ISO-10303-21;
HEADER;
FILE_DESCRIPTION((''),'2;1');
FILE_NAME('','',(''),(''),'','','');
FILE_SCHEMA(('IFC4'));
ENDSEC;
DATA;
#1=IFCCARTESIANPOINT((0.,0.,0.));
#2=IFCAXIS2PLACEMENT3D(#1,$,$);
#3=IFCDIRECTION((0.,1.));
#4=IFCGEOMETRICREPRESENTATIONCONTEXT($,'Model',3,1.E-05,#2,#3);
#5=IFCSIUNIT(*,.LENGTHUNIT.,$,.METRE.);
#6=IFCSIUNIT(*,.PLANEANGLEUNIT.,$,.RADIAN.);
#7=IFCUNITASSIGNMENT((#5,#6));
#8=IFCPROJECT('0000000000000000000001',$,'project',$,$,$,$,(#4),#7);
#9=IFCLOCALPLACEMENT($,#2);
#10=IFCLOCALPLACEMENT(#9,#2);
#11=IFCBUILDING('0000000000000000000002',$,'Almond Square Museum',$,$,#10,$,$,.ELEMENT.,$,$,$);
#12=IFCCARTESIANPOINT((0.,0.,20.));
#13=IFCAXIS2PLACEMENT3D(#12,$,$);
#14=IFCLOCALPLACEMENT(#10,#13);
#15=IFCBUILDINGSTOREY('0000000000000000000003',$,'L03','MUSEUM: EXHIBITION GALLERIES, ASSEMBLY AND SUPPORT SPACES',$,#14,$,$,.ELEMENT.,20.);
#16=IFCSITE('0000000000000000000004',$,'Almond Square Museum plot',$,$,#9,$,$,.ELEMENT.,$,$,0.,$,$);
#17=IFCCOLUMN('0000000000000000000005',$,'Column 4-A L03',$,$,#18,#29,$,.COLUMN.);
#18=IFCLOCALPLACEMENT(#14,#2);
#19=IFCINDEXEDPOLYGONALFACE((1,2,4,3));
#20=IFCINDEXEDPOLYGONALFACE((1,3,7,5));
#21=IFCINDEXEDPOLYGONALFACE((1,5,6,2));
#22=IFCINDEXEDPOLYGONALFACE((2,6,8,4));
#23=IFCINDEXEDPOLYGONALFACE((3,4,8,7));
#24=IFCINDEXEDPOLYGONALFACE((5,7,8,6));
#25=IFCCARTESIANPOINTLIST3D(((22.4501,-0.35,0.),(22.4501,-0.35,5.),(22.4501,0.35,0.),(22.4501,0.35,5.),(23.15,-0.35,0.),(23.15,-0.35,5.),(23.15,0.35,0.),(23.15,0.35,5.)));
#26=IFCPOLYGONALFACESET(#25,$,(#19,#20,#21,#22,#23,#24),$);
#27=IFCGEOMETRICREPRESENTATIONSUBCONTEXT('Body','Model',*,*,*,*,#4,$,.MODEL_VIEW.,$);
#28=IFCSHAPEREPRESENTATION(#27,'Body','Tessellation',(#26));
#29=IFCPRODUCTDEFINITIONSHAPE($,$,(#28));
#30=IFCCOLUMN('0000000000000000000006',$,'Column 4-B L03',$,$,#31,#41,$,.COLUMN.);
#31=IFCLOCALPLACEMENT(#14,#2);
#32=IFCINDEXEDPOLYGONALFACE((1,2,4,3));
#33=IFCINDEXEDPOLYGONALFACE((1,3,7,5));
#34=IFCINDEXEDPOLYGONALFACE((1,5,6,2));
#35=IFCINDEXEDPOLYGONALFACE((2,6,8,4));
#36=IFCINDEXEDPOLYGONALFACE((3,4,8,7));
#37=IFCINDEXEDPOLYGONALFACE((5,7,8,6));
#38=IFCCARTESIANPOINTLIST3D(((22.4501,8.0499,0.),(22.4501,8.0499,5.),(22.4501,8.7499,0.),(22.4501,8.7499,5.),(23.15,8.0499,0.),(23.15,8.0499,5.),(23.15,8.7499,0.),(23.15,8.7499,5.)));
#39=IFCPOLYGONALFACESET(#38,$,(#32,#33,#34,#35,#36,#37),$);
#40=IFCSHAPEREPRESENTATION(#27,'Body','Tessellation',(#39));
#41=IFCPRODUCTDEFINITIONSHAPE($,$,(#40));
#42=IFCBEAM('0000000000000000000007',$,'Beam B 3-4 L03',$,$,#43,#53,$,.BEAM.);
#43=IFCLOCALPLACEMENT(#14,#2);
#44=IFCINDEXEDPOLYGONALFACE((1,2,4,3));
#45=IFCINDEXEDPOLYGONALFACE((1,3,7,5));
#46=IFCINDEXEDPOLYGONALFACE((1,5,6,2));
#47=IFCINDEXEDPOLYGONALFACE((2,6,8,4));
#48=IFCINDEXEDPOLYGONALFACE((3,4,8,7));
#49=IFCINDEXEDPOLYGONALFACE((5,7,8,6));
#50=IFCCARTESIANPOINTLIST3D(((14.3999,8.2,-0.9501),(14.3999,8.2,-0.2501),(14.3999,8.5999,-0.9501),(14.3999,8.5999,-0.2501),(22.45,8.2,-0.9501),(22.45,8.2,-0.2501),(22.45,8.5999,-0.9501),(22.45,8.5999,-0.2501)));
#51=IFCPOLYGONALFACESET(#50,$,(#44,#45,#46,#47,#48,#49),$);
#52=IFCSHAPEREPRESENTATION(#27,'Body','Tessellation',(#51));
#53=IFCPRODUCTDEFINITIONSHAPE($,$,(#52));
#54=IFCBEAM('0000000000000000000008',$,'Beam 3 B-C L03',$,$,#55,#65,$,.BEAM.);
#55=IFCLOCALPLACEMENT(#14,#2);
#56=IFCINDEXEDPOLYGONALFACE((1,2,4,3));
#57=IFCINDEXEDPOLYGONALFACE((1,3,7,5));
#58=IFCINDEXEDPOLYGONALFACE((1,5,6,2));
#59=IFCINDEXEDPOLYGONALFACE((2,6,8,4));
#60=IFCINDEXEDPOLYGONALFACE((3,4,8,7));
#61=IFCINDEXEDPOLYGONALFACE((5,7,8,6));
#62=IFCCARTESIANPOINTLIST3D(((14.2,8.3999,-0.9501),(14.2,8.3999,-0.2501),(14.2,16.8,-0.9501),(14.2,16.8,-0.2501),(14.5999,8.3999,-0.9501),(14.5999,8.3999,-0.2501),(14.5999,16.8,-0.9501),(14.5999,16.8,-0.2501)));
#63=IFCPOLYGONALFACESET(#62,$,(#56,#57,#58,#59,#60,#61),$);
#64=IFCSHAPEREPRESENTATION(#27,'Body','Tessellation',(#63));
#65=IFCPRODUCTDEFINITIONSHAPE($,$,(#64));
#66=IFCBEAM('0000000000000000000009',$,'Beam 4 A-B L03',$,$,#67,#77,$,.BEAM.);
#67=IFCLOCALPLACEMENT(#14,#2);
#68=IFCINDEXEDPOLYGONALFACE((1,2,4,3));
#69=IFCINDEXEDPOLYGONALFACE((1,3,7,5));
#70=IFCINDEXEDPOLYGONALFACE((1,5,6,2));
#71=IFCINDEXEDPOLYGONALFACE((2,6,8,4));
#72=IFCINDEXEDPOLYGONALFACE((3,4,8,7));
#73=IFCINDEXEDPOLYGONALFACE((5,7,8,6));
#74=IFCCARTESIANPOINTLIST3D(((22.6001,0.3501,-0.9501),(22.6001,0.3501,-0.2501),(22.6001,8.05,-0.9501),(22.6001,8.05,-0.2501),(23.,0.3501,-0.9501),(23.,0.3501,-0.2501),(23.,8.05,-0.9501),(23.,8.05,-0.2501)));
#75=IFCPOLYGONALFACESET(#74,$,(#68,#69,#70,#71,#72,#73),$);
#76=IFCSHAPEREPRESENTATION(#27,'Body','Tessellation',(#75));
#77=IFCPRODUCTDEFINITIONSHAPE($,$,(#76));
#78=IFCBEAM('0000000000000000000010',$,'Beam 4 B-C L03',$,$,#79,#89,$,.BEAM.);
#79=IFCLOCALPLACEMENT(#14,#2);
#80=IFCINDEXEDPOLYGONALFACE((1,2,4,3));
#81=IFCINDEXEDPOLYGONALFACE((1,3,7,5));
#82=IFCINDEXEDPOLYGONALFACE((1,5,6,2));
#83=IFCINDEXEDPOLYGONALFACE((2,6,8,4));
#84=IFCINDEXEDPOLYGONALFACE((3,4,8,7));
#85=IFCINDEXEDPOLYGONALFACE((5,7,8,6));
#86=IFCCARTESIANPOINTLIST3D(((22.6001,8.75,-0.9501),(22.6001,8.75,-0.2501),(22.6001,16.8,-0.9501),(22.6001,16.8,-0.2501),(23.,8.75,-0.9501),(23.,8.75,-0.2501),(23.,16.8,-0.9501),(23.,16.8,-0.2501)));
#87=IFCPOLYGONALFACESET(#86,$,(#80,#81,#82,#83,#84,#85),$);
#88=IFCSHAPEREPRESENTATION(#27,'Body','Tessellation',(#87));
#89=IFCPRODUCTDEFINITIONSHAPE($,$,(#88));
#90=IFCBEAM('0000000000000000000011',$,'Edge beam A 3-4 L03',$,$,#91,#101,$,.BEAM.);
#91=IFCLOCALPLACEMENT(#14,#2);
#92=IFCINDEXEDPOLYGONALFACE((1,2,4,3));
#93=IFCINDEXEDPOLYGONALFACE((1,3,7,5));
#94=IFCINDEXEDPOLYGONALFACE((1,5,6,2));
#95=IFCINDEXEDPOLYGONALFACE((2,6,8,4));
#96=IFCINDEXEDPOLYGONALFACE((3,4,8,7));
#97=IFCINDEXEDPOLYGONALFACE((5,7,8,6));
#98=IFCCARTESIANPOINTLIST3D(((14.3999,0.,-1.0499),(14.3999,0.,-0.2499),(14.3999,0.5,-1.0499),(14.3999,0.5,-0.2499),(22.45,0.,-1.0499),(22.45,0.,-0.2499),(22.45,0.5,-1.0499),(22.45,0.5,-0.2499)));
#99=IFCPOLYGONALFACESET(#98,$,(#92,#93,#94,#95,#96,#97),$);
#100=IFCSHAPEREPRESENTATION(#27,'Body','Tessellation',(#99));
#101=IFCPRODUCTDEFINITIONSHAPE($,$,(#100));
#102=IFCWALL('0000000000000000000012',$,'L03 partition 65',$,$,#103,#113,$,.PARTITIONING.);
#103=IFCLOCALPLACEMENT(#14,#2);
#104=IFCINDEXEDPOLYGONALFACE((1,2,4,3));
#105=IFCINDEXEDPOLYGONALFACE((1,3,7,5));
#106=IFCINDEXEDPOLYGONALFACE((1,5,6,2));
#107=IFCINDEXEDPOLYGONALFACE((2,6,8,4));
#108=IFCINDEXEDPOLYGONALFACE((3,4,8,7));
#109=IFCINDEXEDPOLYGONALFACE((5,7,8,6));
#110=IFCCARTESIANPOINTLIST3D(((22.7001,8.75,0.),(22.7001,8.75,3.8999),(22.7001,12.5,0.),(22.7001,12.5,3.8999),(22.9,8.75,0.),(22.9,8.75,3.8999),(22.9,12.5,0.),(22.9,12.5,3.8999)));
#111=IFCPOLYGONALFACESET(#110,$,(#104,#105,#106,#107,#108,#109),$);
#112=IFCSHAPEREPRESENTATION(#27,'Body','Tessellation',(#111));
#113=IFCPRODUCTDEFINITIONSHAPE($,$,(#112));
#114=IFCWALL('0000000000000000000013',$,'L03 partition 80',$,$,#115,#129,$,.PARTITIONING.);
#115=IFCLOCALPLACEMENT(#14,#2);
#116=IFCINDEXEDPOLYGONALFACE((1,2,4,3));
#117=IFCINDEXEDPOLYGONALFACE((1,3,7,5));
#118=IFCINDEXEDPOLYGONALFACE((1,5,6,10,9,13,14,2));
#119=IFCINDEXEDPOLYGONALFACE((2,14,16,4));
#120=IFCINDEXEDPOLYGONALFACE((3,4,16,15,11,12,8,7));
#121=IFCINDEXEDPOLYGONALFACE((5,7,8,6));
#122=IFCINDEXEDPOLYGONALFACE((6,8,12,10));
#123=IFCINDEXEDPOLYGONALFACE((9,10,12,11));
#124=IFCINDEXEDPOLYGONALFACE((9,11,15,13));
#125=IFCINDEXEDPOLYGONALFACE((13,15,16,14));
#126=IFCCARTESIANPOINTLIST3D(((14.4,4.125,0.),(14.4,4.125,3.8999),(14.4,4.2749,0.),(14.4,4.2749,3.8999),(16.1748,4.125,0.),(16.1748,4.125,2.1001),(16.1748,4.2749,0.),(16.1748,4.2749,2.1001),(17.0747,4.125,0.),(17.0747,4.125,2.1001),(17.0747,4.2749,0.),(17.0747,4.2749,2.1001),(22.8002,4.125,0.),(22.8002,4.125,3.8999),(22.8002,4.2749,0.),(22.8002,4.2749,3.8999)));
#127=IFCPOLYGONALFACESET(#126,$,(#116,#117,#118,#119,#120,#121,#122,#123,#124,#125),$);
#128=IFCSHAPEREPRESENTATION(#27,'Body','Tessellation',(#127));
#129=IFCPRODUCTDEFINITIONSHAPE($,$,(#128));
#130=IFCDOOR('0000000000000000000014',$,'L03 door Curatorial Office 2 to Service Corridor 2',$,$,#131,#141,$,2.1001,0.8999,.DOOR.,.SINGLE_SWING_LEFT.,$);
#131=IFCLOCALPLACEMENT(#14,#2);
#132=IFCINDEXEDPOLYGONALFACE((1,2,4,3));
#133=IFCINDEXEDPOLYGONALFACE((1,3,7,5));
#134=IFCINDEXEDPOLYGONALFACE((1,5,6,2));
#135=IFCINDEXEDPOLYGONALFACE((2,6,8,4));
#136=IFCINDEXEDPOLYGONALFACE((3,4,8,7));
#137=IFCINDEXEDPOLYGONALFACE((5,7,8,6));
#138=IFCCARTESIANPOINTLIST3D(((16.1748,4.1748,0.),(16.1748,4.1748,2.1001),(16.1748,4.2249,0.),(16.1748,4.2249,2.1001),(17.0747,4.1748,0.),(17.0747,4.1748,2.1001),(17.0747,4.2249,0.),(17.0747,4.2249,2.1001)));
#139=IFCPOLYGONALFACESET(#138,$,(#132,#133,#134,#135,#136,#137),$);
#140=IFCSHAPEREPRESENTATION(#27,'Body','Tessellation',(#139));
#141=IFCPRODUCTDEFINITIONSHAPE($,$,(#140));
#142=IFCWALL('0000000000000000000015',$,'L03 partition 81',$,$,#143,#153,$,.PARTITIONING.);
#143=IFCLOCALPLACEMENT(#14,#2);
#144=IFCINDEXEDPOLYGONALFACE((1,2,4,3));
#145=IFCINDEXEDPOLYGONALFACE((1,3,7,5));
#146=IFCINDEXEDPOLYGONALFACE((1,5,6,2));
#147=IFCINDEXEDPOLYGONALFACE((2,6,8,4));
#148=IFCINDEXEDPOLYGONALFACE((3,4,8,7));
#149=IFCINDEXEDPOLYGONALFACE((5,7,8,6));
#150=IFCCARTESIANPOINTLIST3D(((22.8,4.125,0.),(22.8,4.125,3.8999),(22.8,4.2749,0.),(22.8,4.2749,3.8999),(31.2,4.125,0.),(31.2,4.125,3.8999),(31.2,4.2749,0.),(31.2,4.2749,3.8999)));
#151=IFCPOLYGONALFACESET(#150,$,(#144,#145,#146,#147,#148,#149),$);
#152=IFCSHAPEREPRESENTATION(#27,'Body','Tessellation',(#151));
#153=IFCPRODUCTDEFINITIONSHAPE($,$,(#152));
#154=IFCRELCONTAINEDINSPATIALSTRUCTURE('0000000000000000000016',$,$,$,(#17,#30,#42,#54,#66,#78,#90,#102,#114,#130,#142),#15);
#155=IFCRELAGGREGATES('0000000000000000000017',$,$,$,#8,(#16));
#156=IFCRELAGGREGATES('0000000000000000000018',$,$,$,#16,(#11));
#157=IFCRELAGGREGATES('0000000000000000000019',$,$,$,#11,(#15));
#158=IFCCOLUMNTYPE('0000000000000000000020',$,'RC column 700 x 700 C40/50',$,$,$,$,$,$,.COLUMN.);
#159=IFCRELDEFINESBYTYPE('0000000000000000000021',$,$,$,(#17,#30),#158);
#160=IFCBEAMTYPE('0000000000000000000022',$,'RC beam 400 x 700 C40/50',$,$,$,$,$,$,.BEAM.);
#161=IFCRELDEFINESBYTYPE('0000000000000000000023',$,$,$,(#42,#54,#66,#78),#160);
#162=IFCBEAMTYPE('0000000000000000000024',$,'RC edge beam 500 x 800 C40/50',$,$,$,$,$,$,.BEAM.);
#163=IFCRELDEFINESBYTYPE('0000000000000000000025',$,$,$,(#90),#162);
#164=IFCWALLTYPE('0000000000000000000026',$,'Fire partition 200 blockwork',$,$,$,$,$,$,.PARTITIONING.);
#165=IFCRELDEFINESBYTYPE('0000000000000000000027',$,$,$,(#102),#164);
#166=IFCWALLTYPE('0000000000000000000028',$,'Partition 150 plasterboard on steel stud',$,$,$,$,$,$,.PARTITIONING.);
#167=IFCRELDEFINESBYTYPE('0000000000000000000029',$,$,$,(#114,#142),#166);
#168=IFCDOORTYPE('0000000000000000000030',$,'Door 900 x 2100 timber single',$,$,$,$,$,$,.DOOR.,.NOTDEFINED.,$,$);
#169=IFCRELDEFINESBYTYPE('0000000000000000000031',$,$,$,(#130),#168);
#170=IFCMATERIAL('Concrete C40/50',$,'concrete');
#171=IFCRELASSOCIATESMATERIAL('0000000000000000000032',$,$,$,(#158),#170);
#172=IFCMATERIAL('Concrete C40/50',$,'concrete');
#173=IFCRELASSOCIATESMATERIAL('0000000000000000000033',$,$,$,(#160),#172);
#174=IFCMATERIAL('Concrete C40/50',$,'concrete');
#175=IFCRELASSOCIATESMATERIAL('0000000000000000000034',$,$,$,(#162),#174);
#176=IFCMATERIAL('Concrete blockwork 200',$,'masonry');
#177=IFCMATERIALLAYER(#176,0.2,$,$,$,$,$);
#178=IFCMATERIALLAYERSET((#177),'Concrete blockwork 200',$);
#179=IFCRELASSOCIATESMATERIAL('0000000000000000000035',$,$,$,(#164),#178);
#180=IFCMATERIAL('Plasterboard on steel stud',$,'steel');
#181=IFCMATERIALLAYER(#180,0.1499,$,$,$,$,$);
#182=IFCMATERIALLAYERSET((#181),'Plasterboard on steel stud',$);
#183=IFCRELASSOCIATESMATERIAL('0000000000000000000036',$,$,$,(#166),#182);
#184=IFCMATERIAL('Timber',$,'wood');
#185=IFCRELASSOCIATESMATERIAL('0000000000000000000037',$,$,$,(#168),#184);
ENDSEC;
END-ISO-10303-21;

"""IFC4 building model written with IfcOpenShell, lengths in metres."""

from ifc_helpers import new_model, si_unit, direction, frame, frame_2d, origin, origin_2d, place, context, subcontext, project, spatial, rectangle, extrude, material, layer, layer_set, material_profile, profile_set, type_object, element, fill, save


model = new_model("IFC4")

# Units and contexts
model_context = context("Model", 3, precision=1e-05, world=origin(), true_north=direction((0.0, 1.0)))
body_context = subcontext(model_context, "Body", "Model", "MODEL_VIEW")
ifc_project = project(units=[si_unit("LENGTHUNIT", "METRE"), si_unit("PLANEANGLEUNIT", "RADIAN")], contexts=[model_context])

# Site, building, storey
site_placement = place(None, origin())
site = spatial("IfcSite", under=ifc_project, at=site_placement, Name="Almond Square Museum plot", CompositionType="ELEMENT", RefElevation=0.0)
building_placement = place(site_placement, origin())
building = spatial("IfcBuilding", under=site, at=building_placement, Name="Almond Square Museum", CompositionType="ELEMENT")
storey_placement = place(building_placement, frame((0.0, 0.0, 20.0)))
storey = spatial("IfcBuildingStorey", under=building, at=storey_placement, Name="L03", Description="MUSEUM: EXHIBITION GALLERIES, ASSEMBLY AND SUPPORT SPACES", CompositionType="ELEMENT", Elevation=20.0)

# Columns
ifc_material_1 = material(Name="Concrete C40/50", Category="concrete")
ifc_material_profile_1 = material_profile(ifc_material_1, rectangle(XDim=0.7, YDim=0.7, at=origin_2d()))
ifc_profile_set_1 = profile_set([ifc_material_profile_1], Name="Concrete C40/50")
column_type = type_object("IfcColumnType", Name="RC column 700 x 700 C40/50", PredefinedType="COLUMN", material=ifc_profile_set_1)
for number, where, z_axis, x_axis, name in (
    (1, (22.8, 0.0, 0.0), (0.0, 0.0, 1.0), (1.0, 0.0, 0.0), "Column 4-A L03"),
    (2, (22.8, 8.3999, 0.0), (0.0, 0.0, 1.0), (1.0, 0.0, 0.0), "Column 4-B L03"),
):
    element("IfcColumn", number, at=place(storey_placement, frame(where, z_axis=z_axis, x_axis=x_axis)), inside=storey, type_object=column_type, Name=name, PredefinedType="COLUMN", context=body_context, shape_type="SweptSolid", body=[
        extrude(rectangle(XDim=0.7, YDim=0.7, at=origin_2d()), origin(), (0.0, 0.0, 1.0), 5.0),
    ])

# Beams
ifc_material_2 = material(Name="Concrete C40/50", Category="concrete")
ifc_material_profile_2 = material_profile(ifc_material_2, rectangle(XDim=0.3999, YDim=0.7, at=origin_2d()))
ifc_profile_set_2 = profile_set([ifc_material_profile_2], Name="Concrete C40/50")
beam_type_1 = type_object("IfcBeamType", Name="RC beam 400 x 700 C40/50", PredefinedType="BEAM", material=ifc_profile_set_2)
beam_1_placement = place(storey_placement, frame((14.3999, 8.3999, -0.6001), z_axis=(1.0, 0.0, 0.0), x_axis=(0.0, 1.0, 0.0)))
element("IfcBeam", 3, at=beam_1_placement, inside=storey, type_object=beam_type_1, Name="Beam B 3-4 L03", PredefinedType="BEAM", context=body_context, shape_type="SweptSolid", body=[
    extrude(rectangle(XDim=0.3999, YDim=0.7, at=origin_2d()), origin(), (0.0, 0.0, 1.0), 8.05),
])
beam_2_placement = place(storey_placement, frame((14.3999, 8.3999, -0.6001), z_axis=(0.0, 1.0, 0.0), x_axis=(-1.0, 0.0, 0.0)))
element("IfcBeam", 4, at=beam_2_placement, inside=storey, type_object=beam_type_1, Name="Beam 3 B-C L03", PredefinedType="BEAM", context=body_context, shape_type="SweptSolid", body=[
    extrude(rectangle(XDim=0.3999, YDim=0.7, at=origin_2d()), origin(), (0.0, 0.0, 1.0), 8.4001),
])
beam_3_placement = place(storey_placement, frame((22.8, 0.3501, -0.6001), z_axis=(0.0, 1.0, 0.0), x_axis=(-1.0, 0.0, 0.0)))
element("IfcBeam", 5, at=beam_3_placement, inside=storey, type_object=beam_type_1, Name="Beam 4 A-B L03", PredefinedType="BEAM", context=body_context, shape_type="SweptSolid", body=[
    extrude(rectangle(XDim=0.3999, YDim=0.7, at=origin_2d()), origin(), (0.0, 0.0, 1.0), 7.7),
])
beam_4_placement = place(storey_placement, frame((22.8, 8.75, -0.6001), z_axis=(0.0, 1.0, 0.0), x_axis=(-1.0, 0.0, 0.0)))
element("IfcBeam", 6, at=beam_4_placement, inside=storey, type_object=beam_type_1, Name="Beam 4 B-C L03", PredefinedType="BEAM", context=body_context, shape_type="SweptSolid", body=[
    extrude(rectangle(XDim=0.3999, YDim=0.7, at=origin_2d()), origin(), (0.0, 0.0, 1.0), 8.05),
])
ifc_material_3 = material(Name="Concrete C40/50", Category="concrete")
ifc_material_profile_3 = material_profile(ifc_material_3, rectangle(XDim=0.5, YDim=0.8, at=origin_2d()))
ifc_profile_set_3 = profile_set([ifc_material_profile_3], Name="Concrete C40/50")
beam_type_2 = type_object("IfcBeamType", Name="RC edge beam 500 x 800 C40/50", PredefinedType="BEAM", material=ifc_profile_set_3)
beam_5_placement = place(storey_placement, frame((14.3999, 0.25, -0.6499), z_axis=(1.0, 0.0, 0.0), x_axis=(0.0, 1.0, 0.0)))
element("IfcBeam", 7, at=beam_5_placement, inside=storey, type_object=beam_type_2, Name="Edge beam A 3-4 L03", PredefinedType="BEAM", context=body_context, shape_type="SweptSolid", body=[
    extrude(rectangle(XDim=0.5, YDim=0.8, at=origin_2d()), origin(), (0.0, 0.0, 1.0), 8.05),
])

# Wall
ifc_material_4 = material(Name="Concrete blockwork 200", Category="masonry")
ifc_layer_1 = layer(ifc_material_4, 0.2)
ifc_layer_set_1 = layer_set([ifc_layer_1], Name="Concrete blockwork 200")
wall_type_1 = type_object("IfcWallType", Name="Fire partition 200 blockwork", PredefinedType="PARTITIONING", material=ifc_layer_set_1)
wall_1_placement = place(storey_placement, frame((22.8, 8.75, 0.0), z_axis=(0.0, 0.0, 1.0), x_axis=(0.0, 1.0, 0.0)))
element("IfcWall", 8, at=wall_1_placement, inside=storey, type_object=wall_type_1, Name="L03 partition 65", PredefinedType="PARTITIONING", context=body_context, shape_type="SweptSolid", body=[
    extrude(rectangle(XDim=3.75, YDim=0.2, at=frame_2d((1.875, 0.0))), origin(), (0.0, 0.0, 1.0), 3.8999),
])

# Wall, opening, door
ifc_material_5 = material(Name="Plasterboard on steel stud", Category="steel")
ifc_layer_2 = layer(ifc_material_5, 0.1499)
ifc_layer_set_2 = layer_set([ifc_layer_2], Name="Plasterboard on steel stud")
wall_type_2 = type_object("IfcWallType", Name="Partition 150 plasterboard on steel stud", PredefinedType="PARTITIONING", material=ifc_layer_set_2)
wall_2_placement = place(storey_placement, frame((14.3999, 4.2, 0.0), z_axis=(0.0, 0.0, 1.0), x_axis=(1.0, 0.0, 0.0)))
wall_2 = element("IfcWall", 9, at=wall_2_placement, inside=storey, type_object=wall_type_2, Name="L03 partition 80", PredefinedType="PARTITIONING", context=body_context, shape_type="SweptSolid", body=[
    extrude(rectangle(XDim=8.4001, YDim=0.1499, at=frame_2d((4.2002, 0.0))), origin(), (0.0, 0.0, 1.0), 3.8999),
])
opening_placement = place(wall_2_placement, frame((1.7749, 0.0, 0.0)))
opening = element("IfcOpeningElement", 10, at=opening_placement, cuts=wall_2, PredefinedType="OPENING", context=body_context, shape_type="SweptSolid", body=[
    extrude(rectangle(XDim=0.8999, YDim=2.1001, at=frame_2d((0.45, 1.05))), frame((0.0, 0.085, 0.0), z_axis=(0.0, -1.0, 0.0), x_axis=(1.0, 0.0, 0.0)), (0.0, 0.0, 1.0), 0.1699),
])
ifc_material_6 = material(Name="Timber", Category="wood")
door_type = type_object("IfcDoorType", Name="Door 900 x 2100 timber single", OperationType="NOTDEFINED", PredefinedType="DOOR", material=ifc_material_6)
door_placement = place(opening_placement, origin())
door = element("IfcDoor", 11, at=door_placement, inside=storey, type_object=door_type, Name="L03 door Curatorial Office 2 to Service Corridor 2", OperationType="SINGLE_SWING_LEFT", OverallHeight=2.1001, OverallWidth=0.8999, PredefinedType="DOOR", context=body_context, shape_type="SweptSolid", body=[
    extrude(rectangle(XDim=0.8999, YDim=2.1001, at=frame_2d((0.45, 1.05))), frame((0.0, 0.0249, 0.0), z_axis=(0.0, -1.0, 0.0), x_axis=(1.0, 0.0, 0.0)), (0.0, 0.0, 1.0), 0.05),
])
fill(opening, door)

# Wall
wall_3_placement = place(storey_placement, frame((22.8, 4.2, 0.0), z_axis=(0.0, 0.0, 1.0), x_axis=(1.0, 0.0, 0.0)))
element("IfcWall", 12, at=wall_3_placement, inside=storey, type_object=wall_type_2, Name="L03 partition 81", PredefinedType="PARTITIONING", context=body_context, shape_type="SweptSolid", body=[
    extrude(rectangle(XDim=8.3999, YDim=0.1499, at=frame_2d((4.2, 0.0))), origin(), (0.0, 0.0, 1.0), 3.8999),
])

save(model, "model.ifc")
